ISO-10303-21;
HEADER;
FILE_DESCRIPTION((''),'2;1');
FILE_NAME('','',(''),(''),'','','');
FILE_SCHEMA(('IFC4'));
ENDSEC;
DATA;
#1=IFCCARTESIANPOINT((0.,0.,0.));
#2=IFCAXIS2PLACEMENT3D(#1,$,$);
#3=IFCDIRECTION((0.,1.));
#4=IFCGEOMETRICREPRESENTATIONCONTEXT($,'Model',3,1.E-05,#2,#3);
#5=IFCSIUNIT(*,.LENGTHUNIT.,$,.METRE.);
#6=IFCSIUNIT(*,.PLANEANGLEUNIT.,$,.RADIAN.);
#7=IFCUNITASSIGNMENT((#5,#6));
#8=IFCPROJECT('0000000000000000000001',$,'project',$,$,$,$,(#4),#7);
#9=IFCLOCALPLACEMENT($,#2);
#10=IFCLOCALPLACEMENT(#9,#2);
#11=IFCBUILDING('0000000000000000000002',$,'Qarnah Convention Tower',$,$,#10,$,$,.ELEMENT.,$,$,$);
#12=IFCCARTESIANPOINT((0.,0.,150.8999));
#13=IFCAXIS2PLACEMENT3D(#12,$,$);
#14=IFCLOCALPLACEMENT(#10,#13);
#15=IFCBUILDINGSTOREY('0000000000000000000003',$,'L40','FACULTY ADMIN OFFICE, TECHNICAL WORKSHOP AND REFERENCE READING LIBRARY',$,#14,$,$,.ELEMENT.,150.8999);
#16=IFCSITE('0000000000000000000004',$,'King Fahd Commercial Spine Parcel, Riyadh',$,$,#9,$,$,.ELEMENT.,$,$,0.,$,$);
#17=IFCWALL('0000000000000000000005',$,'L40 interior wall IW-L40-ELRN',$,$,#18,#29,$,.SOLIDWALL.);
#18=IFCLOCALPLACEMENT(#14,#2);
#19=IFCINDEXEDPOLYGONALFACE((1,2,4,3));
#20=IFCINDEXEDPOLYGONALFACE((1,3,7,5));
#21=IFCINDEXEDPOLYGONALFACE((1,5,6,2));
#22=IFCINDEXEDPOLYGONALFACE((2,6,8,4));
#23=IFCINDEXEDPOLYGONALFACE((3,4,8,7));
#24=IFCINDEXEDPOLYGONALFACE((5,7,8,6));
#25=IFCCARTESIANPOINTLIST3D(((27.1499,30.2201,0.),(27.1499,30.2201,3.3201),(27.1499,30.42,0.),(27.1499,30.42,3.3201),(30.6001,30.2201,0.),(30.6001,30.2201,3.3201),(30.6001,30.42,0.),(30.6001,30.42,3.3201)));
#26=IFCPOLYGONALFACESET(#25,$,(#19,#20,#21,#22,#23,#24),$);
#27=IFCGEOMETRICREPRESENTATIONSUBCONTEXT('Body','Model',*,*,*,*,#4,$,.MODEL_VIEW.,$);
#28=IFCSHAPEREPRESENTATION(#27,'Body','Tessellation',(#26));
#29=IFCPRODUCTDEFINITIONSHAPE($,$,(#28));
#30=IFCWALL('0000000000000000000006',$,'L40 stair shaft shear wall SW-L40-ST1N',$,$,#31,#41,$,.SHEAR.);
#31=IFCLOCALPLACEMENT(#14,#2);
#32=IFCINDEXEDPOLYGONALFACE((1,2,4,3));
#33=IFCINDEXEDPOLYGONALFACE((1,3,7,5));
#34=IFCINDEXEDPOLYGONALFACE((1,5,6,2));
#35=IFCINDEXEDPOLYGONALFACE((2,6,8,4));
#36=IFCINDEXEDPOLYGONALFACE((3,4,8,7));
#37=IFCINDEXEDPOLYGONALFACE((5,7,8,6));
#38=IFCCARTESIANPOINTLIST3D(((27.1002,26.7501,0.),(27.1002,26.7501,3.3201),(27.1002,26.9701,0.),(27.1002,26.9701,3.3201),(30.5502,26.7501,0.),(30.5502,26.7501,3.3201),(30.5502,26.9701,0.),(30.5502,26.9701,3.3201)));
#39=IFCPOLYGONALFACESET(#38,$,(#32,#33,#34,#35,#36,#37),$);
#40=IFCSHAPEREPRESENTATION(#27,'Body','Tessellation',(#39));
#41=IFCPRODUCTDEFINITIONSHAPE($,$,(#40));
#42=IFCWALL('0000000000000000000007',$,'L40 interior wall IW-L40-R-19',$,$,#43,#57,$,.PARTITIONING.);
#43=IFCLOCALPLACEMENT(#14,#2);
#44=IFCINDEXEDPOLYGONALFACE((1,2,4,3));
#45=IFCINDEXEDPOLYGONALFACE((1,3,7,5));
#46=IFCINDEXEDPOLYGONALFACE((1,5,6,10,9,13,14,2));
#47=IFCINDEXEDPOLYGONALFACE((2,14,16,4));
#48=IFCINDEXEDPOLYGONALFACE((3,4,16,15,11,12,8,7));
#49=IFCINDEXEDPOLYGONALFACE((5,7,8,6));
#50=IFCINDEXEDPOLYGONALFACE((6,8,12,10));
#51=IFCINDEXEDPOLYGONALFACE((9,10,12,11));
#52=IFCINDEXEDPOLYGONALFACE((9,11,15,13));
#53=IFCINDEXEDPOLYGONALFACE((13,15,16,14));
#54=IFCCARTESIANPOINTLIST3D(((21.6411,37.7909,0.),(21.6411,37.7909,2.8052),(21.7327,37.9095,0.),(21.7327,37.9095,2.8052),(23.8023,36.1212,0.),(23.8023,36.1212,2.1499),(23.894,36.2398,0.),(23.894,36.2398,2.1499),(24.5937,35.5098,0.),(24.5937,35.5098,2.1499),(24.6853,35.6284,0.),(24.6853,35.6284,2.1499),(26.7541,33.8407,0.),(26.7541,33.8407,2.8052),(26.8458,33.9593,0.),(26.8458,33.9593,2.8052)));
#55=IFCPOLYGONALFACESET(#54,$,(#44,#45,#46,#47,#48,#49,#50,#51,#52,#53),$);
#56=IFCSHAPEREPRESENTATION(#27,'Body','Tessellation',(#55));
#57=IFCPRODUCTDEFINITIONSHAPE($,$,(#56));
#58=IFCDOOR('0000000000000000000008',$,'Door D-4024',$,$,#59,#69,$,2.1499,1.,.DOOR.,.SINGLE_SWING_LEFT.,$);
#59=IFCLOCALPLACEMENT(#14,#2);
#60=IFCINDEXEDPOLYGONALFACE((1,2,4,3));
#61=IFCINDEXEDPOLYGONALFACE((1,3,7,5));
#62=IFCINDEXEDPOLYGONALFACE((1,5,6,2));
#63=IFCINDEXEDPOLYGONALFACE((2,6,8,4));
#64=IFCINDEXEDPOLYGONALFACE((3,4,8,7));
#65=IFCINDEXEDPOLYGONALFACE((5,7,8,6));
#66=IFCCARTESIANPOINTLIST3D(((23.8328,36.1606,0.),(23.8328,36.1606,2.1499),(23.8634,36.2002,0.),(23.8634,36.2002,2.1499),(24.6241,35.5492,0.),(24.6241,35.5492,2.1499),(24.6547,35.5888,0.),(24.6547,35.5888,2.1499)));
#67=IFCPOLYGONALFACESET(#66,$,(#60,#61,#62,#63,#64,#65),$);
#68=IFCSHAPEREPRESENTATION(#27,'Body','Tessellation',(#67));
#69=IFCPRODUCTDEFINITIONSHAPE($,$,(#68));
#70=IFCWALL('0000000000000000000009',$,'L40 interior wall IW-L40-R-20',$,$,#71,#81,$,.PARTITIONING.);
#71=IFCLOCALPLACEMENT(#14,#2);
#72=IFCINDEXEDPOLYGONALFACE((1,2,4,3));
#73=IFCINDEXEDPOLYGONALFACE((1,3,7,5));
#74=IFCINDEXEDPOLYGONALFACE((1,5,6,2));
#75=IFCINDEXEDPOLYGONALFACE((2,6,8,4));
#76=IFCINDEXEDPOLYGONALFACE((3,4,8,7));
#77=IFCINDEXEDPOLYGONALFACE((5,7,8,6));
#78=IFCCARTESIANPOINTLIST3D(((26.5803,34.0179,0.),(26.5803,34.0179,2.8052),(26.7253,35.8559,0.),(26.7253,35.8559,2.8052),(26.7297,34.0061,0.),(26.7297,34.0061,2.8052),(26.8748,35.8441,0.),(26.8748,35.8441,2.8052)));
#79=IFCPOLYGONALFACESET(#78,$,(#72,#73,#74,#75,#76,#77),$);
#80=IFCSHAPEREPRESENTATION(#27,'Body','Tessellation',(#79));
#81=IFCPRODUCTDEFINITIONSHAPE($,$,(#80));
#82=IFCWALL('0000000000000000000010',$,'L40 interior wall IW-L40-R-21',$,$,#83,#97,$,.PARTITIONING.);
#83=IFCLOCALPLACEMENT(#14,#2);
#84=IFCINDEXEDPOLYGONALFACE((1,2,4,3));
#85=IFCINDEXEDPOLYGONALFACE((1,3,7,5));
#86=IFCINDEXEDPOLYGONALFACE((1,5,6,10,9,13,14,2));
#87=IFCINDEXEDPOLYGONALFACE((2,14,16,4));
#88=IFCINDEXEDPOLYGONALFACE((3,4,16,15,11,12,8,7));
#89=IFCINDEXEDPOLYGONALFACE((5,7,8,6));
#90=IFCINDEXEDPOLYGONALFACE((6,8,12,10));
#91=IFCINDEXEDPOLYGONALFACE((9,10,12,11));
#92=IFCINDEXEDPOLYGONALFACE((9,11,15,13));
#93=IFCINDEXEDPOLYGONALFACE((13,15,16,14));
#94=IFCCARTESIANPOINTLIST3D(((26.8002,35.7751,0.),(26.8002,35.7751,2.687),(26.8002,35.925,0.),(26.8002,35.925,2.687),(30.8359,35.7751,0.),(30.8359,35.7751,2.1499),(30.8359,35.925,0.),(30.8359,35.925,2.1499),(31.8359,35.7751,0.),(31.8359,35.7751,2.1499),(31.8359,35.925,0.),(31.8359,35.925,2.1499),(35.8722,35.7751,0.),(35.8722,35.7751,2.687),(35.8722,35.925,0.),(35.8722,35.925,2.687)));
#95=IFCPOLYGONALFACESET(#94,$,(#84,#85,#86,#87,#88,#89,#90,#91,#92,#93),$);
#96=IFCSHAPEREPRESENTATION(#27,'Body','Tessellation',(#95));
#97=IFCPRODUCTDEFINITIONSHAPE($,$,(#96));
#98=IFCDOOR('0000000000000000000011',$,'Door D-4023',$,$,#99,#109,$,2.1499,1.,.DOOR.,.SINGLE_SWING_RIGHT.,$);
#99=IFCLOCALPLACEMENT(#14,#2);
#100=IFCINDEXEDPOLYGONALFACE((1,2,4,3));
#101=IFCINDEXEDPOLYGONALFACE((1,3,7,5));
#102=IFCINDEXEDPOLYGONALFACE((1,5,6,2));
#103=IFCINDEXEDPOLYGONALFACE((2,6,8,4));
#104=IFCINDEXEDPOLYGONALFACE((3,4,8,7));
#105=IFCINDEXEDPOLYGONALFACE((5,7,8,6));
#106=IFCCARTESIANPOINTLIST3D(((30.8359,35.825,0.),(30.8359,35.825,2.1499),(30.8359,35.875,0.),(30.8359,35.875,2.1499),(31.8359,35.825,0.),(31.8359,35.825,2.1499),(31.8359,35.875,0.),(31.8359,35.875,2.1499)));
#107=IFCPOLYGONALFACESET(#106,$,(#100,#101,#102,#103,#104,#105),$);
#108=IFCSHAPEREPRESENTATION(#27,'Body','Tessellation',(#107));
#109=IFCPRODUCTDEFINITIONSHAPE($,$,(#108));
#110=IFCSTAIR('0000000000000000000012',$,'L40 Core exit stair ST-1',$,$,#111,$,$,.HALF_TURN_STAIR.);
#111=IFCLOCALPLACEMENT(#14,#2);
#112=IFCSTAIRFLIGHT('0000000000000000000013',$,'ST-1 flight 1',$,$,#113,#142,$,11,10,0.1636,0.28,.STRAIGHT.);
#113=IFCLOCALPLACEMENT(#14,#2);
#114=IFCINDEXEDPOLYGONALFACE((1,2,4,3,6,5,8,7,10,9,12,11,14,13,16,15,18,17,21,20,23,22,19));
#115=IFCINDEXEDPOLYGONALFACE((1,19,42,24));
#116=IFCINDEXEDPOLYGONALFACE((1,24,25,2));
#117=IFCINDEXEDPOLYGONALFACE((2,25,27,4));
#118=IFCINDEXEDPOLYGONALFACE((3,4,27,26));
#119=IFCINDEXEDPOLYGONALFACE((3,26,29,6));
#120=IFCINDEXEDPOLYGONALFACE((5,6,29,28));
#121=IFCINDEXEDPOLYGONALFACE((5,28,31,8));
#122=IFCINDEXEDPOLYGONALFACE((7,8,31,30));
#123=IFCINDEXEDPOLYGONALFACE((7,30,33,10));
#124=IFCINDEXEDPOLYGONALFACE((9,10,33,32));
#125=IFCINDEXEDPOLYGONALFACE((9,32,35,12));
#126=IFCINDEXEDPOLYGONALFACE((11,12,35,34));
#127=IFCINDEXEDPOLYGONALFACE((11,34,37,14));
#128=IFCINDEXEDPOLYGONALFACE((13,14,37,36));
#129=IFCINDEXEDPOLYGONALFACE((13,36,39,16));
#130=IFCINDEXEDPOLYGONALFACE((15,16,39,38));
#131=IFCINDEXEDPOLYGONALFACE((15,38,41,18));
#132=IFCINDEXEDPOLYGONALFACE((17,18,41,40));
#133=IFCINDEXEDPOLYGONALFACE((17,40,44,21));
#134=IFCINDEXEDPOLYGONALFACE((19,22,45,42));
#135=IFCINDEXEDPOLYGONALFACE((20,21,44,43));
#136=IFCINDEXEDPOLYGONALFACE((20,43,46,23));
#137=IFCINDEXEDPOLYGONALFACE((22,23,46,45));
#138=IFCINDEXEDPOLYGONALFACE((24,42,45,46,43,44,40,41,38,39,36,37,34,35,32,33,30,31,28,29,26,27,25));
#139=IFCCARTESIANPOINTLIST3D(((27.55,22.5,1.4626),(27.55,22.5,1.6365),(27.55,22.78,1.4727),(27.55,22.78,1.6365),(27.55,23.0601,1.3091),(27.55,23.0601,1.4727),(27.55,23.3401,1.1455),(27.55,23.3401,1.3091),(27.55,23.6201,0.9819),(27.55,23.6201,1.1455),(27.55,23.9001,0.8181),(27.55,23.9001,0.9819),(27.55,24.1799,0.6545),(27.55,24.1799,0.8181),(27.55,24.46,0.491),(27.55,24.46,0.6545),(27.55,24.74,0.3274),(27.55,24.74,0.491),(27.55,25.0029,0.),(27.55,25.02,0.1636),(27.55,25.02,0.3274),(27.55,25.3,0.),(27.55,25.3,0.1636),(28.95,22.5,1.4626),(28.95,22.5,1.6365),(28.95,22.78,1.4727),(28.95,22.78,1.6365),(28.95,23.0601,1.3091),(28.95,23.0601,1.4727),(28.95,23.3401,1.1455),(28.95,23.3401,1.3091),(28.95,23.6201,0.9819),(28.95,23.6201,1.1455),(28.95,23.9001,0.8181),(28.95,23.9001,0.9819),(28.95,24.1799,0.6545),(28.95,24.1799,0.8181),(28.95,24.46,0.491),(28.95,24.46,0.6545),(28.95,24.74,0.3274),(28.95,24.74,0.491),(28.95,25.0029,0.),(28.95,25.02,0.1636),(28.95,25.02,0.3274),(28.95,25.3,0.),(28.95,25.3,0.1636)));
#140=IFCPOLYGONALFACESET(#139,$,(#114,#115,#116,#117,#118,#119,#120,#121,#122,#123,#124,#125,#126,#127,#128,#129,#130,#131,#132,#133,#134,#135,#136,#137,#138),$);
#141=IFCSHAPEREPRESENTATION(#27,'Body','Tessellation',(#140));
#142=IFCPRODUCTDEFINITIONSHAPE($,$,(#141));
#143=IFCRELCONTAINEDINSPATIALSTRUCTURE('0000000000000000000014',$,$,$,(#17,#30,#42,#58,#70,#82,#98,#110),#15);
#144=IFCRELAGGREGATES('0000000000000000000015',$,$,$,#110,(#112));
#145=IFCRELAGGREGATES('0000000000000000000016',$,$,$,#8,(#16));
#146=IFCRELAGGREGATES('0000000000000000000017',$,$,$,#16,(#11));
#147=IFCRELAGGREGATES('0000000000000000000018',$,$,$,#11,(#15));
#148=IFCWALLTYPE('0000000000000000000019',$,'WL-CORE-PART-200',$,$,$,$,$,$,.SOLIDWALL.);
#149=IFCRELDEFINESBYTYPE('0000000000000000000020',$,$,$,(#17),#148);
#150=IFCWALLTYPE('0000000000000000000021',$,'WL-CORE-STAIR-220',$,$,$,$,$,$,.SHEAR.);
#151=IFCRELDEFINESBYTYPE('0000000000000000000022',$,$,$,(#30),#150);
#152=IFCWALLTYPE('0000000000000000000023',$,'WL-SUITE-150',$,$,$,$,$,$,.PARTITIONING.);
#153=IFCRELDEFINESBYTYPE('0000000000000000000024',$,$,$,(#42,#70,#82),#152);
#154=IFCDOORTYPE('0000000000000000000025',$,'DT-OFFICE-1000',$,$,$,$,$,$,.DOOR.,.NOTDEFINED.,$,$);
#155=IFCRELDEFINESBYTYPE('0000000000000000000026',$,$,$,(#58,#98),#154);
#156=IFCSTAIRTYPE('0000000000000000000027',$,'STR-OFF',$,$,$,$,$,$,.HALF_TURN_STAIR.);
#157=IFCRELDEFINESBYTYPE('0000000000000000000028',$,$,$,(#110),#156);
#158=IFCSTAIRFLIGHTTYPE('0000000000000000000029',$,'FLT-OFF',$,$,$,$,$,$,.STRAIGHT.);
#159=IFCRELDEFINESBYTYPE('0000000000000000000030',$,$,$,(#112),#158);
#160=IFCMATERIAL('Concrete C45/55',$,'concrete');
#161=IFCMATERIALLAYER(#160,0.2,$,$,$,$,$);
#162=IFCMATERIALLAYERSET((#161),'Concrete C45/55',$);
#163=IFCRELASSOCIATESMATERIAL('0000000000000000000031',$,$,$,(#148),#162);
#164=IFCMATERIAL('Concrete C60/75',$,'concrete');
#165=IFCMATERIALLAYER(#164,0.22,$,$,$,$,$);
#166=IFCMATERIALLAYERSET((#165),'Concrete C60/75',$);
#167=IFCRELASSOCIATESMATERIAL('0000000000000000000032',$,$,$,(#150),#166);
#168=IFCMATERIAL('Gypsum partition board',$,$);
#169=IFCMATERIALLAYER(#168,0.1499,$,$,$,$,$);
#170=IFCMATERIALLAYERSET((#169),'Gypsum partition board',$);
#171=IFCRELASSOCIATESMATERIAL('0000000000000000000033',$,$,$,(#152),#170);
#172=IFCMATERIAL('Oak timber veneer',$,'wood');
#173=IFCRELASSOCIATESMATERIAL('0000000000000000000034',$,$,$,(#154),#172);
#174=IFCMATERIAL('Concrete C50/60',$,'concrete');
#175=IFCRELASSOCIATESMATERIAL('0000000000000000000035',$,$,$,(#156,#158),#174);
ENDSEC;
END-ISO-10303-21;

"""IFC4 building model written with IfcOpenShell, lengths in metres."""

from ifc_helpers import new_model, si_unit, direction, frame, frame_2d, origin, place, context, subcontext, project, spatial, polyline, rectangle, outline, extrude, material, layer, layer_set, type_object, element, fill, aggregate, save


model = new_model("IFC4")

# Units and contexts
model_context = context("Model", 3, precision=1e-05, world=origin(), true_north=direction((0.0, 1.0)))
body_context = subcontext(model_context, "Body", "Model", "MODEL_VIEW")
ifc_project = project(units=[si_unit("LENGTHUNIT", "METRE"), si_unit("PLANEANGLEUNIT", "RADIAN")], contexts=[model_context])

# Site, building, storey
site_placement = place(None, origin())
site = spatial("IfcSite", under=ifc_project, at=site_placement, Name="King Fahd Commercial Spine Parcel, Riyadh", CompositionType="ELEMENT", RefElevation=0.0)
building_placement = place(site_placement, origin())
building = spatial("IfcBuilding", under=site, at=building_placement, Name="Qarnah Convention Tower", CompositionType="ELEMENT")
storey_placement = place(building_placement, frame((0.0, 0.0, 150.8999)))
storey = spatial("IfcBuildingStorey", under=building, at=storey_placement, Name="L40", Description="FACULTY ADMIN OFFICE, TECHNICAL WORKSHOP AND REFERENCE READING LIBRARY", CompositionType="ELEMENT", Elevation=150.8999)

# Shared definitions
ifc_material_1 = material(Name="Concrete C60/75", Category="concrete")

# Walls
ifc_material_2 = material(Name="Concrete C45/55", Category="concrete")
ifc_layer_1 = layer(ifc_material_2, 0.2)
ifc_layer_set_1 = layer_set([ifc_layer_1], Name="Concrete C45/55")
wall_type_1 = type_object("IfcWallType", Name="WL-CORE-PART-200", PredefinedType="SOLIDWALL", material=ifc_layer_set_1)
wall_1_placement = place(storey_placement, frame((27.1499, 30.3201, 0.0), z_axis=(0.0, 0.0, 1.0), x_axis=(1.0, 0.0, 0.0)))
element("IfcWall", 1, at=wall_1_placement, inside=storey, type_object=wall_type_1, Name="L40 interior wall IW-L40-ELRN", PredefinedType="SOLIDWALL", context=body_context, shape_type="SweptSolid", body=[
    extrude(rectangle(XDim=3.4502, YDim=0.2, at=frame_2d((1.7251, 0.0))), origin(), (0.0, 0.0, 1.0), 3.3201),
])
ifc_layer_2 = layer(ifc_material_1, 0.22)
ifc_layer_set_2 = layer_set([ifc_layer_2], Name="Concrete C60/75")
wall_type_2 = type_object("IfcWallType", Name="WL-CORE-STAIR-220", PredefinedType="SHEAR", material=ifc_layer_set_2)
wall_2_placement = place(storey_placement, frame((27.1001, 26.8601, 0.0), z_axis=(0.0, 0.0, 1.0), x_axis=(1.0, 0.0, 0.0)))
element("IfcWall", 2, at=wall_2_placement, inside=storey, type_object=wall_type_2, Name="L40 stair shaft shear wall SW-L40-ST1N", PredefinedType="SHEAR", context=body_context, shape_type="SweptSolid", body=[
    extrude(rectangle(XDim=3.45, YDim=0.22, at=frame_2d((1.7251, 0.0))), origin(), (0.0, 0.0, 1.0), 3.3201),
])

# Wall, opening, door
ifc_material_3 = material(Name="Gypsum partition board")
ifc_layer_3 = layer(ifc_material_3, 0.1499)
ifc_layer_set_3 = layer_set([ifc_layer_3], Name="Gypsum partition board")
wall_type_3 = type_object("IfcWallType", Name="WL-SUITE-150", PredefinedType="PARTITIONING", material=ifc_layer_set_3)
wall_3_placement = place(storey_placement, frame((21.687, 37.8501, 0.0), z_axis=(0.0, 0.0, 1.0), x_axis=(0.791344, -0.611371, 0.0)))
wall_3 = element("IfcWall", 3, at=wall_3_placement, inside=storey, type_object=wall_type_3, Name="L40 interior wall IW-L40-R-19", PredefinedType="PARTITIONING", context=body_context, shape_type="SweptSolid", body=[
    extrude(rectangle(XDim=6.4612, YDim=0.1499, at=frame_2d((3.2305, 0.0))), origin(), (0.0, 0.0, 1.0), 2.8052),
])
opening_1_placement = place(wall_3_placement, frame((2.731, 0.0, 0.0)))
opening_1 = element("IfcOpeningElement", 4, at=opening_1_placement, cuts=wall_3, PredefinedType="OPENING", context=body_context, shape_type="SweptSolid", body=[
    extrude(rectangle(XDim=1.0, YDim=2.1499, at=frame_2d((0.5, 1.075))), frame((0.0, 0.085, 0.0), z_axis=(0.0, -1.0, 0.0), x_axis=(1.0, 0.0, 0.0)), (0.0, 0.0, 1.0), 0.1699),
])
ifc_material_4 = material(Name="Oak timber veneer", Category="wood")
door_type_1 = type_object("IfcDoorType", Name="DT-OFFICE-1000", OperationType="NOTDEFINED", PredefinedType="DOOR", material=ifc_material_4)
door_1_placement = place(opening_1_placement, origin())
door_1 = element("IfcDoor", 5, at=door_1_placement, inside=storey, type_object=door_type_1, Name="Door D-4024", OperationType="SINGLE_SWING_LEFT", OverallHeight=2.1499, OverallWidth=1.0, PredefinedType="DOOR", context=body_context, shape_type="SweptSolid", body=[
    extrude(rectangle(XDim=1.0, YDim=2.1499, at=frame_2d((0.5, 1.075))), frame((0.0, 0.0249, 0.0), z_axis=(0.0, -1.0, 0.0), x_axis=(1.0, 0.0, 0.0)), (0.0, 0.0, 1.0), 0.05),
])
fill(opening_1, door_1)

# Wall
wall_4_placement = place(storey_placement, frame((26.655, 34.012, 0.0), z_axis=(0.0, 0.0, 1.0), x_axis=(0.078651, 0.996902, 0.0)))
element("IfcWall", 6, at=wall_4_placement, inside=storey, type_object=wall_type_3, Name="L40 interior wall IW-L40-R-20", PredefinedType="PARTITIONING", context=body_context, shape_type="SweptSolid", body=[
    extrude(rectangle(XDim=1.8438, YDim=0.1499, at=frame_2d((0.9219, 0.0))), origin(), (0.0, 0.0, 1.0), 2.8052),
])

# Wall, opening, door
wall_5_placement = place(storey_placement, frame((26.8, 35.8501, 0.0), z_axis=(0.0, 0.0, 1.0), x_axis=(1.0, 0.0, 0.0)))
wall_5 = element("IfcWall", 7, at=wall_5_placement, inside=storey, type_object=wall_type_3, Name="L40 interior wall IW-L40-R-21", PredefinedType="PARTITIONING", context=body_context, shape_type="SweptSolid", body=[
    extrude(rectangle(XDim=9.072, YDim=0.1499, at=frame_2d((4.5361, 0.0))), origin(), (0.0, 0.0, 1.0), 2.687),
])
opening_2_placement = place(wall_5_placement, frame((4.0359, 0.0, 0.0)))
opening_2 = element("IfcOpeningElement", 8, at=opening_2_placement, cuts=wall_5, PredefinedType="OPENING", context=body_context, shape_type="SweptSolid", body=[
    extrude(rectangle(XDim=1.0, YDim=2.1499, at=frame_2d((0.5, 1.075))), frame((0.0, 0.085, 0.0), z_axis=(0.0, -1.0, 0.0), x_axis=(1.0, 0.0, 0.0)), (0.0, 0.0, 1.0), 0.1699),
])
door_2_placement = place(opening_2_placement, origin())
door_2 = element("IfcDoor", 9, at=door_2_placement, inside=storey, type_object=door_type_1, Name="Door D-4023", OperationType="SINGLE_SWING_RIGHT", OverallHeight=2.1499, OverallWidth=1.0, PredefinedType="DOOR", context=body_context, shape_type="SweptSolid", body=[
    extrude(rectangle(XDim=1.0, YDim=2.1499, at=frame_2d((0.5, 1.075))), frame((0.0, 0.0249, 0.0), z_axis=(0.0, -1.0, 0.0), x_axis=(1.0, 0.0, 0.0)), (0.0, 0.0, 1.0), 0.05),
])
fill(opening_2, door_2)

# Stair, stair flight
ifc_material_5 = material(Name="Concrete C50/60", Category="concrete")
stair_type = type_object("IfcStairType", Name="STR-OFF", PredefinedType="HALF_TURN_STAIR", material=ifc_material_5)
stair_placement = place(storey_placement, origin())
stair = element("IfcStair", 10, at=stair_placement, inside=storey, type_object=stair_type, Name="L40 Core exit stair ST-1", PredefinedType="HALF_TURN_STAIR")
stair_flight_type = type_object("IfcStairFlightType", Name="FLT-OFF", PredefinedType="STRAIGHT", material=ifc_material_5)
stair_flight_placement = place(storey_placement, frame((28.25, 25.3, 0.0), z_axis=(0.0, 0.0, 1.0), x_axis=(0.0, -1.0, 0.0)))
stair_flight = element("IfcStairFlight", 11, at=stair_flight_placement, type_object=stair_flight_type, Name="ST-1 flight 1", NumberOfRisers=11, NumberOfTreads=10, PredefinedType="STRAIGHT", RiserHeight=0.1636, TreadLength=0.28, context=body_context, shape_type="SweptSolid", body=[
    extrude(outline(polyline([(0.0, 0.0), (0.0, 0.1636), (0.28, 0.1636), (0.28, 0.3274), (0.5601, 0.3274), (0.5601, 0.491), (0.8401, 0.491), (0.8401, 0.6545), (1.1201, 0.6545), (1.1201, 0.8181), (1.3999, 0.8181), (1.3999, 0.9819), (1.6799, 0.9819), (1.6799, 1.1455), (1.96, 1.1455), (1.96, 1.3091), (2.24, 1.3091), (2.24, 1.4727), (2.52, 1.4727), (2.52, 1.6365), (2.8, 1.6365), (2.8, 1.8), (2.8, 1.4626), (0.2971, 0.0), (0.0, 0.0)])), frame((0.0, 0.7, 0.0), z_axis=(0.0, -1.0, 0.0), x_axis=(1.0, 0.0, 0.0)), (0.0, 0.0, 1.0), 1.3999),
])
aggregate(stair, [stair_flight])

save(model, "model.ifc")
